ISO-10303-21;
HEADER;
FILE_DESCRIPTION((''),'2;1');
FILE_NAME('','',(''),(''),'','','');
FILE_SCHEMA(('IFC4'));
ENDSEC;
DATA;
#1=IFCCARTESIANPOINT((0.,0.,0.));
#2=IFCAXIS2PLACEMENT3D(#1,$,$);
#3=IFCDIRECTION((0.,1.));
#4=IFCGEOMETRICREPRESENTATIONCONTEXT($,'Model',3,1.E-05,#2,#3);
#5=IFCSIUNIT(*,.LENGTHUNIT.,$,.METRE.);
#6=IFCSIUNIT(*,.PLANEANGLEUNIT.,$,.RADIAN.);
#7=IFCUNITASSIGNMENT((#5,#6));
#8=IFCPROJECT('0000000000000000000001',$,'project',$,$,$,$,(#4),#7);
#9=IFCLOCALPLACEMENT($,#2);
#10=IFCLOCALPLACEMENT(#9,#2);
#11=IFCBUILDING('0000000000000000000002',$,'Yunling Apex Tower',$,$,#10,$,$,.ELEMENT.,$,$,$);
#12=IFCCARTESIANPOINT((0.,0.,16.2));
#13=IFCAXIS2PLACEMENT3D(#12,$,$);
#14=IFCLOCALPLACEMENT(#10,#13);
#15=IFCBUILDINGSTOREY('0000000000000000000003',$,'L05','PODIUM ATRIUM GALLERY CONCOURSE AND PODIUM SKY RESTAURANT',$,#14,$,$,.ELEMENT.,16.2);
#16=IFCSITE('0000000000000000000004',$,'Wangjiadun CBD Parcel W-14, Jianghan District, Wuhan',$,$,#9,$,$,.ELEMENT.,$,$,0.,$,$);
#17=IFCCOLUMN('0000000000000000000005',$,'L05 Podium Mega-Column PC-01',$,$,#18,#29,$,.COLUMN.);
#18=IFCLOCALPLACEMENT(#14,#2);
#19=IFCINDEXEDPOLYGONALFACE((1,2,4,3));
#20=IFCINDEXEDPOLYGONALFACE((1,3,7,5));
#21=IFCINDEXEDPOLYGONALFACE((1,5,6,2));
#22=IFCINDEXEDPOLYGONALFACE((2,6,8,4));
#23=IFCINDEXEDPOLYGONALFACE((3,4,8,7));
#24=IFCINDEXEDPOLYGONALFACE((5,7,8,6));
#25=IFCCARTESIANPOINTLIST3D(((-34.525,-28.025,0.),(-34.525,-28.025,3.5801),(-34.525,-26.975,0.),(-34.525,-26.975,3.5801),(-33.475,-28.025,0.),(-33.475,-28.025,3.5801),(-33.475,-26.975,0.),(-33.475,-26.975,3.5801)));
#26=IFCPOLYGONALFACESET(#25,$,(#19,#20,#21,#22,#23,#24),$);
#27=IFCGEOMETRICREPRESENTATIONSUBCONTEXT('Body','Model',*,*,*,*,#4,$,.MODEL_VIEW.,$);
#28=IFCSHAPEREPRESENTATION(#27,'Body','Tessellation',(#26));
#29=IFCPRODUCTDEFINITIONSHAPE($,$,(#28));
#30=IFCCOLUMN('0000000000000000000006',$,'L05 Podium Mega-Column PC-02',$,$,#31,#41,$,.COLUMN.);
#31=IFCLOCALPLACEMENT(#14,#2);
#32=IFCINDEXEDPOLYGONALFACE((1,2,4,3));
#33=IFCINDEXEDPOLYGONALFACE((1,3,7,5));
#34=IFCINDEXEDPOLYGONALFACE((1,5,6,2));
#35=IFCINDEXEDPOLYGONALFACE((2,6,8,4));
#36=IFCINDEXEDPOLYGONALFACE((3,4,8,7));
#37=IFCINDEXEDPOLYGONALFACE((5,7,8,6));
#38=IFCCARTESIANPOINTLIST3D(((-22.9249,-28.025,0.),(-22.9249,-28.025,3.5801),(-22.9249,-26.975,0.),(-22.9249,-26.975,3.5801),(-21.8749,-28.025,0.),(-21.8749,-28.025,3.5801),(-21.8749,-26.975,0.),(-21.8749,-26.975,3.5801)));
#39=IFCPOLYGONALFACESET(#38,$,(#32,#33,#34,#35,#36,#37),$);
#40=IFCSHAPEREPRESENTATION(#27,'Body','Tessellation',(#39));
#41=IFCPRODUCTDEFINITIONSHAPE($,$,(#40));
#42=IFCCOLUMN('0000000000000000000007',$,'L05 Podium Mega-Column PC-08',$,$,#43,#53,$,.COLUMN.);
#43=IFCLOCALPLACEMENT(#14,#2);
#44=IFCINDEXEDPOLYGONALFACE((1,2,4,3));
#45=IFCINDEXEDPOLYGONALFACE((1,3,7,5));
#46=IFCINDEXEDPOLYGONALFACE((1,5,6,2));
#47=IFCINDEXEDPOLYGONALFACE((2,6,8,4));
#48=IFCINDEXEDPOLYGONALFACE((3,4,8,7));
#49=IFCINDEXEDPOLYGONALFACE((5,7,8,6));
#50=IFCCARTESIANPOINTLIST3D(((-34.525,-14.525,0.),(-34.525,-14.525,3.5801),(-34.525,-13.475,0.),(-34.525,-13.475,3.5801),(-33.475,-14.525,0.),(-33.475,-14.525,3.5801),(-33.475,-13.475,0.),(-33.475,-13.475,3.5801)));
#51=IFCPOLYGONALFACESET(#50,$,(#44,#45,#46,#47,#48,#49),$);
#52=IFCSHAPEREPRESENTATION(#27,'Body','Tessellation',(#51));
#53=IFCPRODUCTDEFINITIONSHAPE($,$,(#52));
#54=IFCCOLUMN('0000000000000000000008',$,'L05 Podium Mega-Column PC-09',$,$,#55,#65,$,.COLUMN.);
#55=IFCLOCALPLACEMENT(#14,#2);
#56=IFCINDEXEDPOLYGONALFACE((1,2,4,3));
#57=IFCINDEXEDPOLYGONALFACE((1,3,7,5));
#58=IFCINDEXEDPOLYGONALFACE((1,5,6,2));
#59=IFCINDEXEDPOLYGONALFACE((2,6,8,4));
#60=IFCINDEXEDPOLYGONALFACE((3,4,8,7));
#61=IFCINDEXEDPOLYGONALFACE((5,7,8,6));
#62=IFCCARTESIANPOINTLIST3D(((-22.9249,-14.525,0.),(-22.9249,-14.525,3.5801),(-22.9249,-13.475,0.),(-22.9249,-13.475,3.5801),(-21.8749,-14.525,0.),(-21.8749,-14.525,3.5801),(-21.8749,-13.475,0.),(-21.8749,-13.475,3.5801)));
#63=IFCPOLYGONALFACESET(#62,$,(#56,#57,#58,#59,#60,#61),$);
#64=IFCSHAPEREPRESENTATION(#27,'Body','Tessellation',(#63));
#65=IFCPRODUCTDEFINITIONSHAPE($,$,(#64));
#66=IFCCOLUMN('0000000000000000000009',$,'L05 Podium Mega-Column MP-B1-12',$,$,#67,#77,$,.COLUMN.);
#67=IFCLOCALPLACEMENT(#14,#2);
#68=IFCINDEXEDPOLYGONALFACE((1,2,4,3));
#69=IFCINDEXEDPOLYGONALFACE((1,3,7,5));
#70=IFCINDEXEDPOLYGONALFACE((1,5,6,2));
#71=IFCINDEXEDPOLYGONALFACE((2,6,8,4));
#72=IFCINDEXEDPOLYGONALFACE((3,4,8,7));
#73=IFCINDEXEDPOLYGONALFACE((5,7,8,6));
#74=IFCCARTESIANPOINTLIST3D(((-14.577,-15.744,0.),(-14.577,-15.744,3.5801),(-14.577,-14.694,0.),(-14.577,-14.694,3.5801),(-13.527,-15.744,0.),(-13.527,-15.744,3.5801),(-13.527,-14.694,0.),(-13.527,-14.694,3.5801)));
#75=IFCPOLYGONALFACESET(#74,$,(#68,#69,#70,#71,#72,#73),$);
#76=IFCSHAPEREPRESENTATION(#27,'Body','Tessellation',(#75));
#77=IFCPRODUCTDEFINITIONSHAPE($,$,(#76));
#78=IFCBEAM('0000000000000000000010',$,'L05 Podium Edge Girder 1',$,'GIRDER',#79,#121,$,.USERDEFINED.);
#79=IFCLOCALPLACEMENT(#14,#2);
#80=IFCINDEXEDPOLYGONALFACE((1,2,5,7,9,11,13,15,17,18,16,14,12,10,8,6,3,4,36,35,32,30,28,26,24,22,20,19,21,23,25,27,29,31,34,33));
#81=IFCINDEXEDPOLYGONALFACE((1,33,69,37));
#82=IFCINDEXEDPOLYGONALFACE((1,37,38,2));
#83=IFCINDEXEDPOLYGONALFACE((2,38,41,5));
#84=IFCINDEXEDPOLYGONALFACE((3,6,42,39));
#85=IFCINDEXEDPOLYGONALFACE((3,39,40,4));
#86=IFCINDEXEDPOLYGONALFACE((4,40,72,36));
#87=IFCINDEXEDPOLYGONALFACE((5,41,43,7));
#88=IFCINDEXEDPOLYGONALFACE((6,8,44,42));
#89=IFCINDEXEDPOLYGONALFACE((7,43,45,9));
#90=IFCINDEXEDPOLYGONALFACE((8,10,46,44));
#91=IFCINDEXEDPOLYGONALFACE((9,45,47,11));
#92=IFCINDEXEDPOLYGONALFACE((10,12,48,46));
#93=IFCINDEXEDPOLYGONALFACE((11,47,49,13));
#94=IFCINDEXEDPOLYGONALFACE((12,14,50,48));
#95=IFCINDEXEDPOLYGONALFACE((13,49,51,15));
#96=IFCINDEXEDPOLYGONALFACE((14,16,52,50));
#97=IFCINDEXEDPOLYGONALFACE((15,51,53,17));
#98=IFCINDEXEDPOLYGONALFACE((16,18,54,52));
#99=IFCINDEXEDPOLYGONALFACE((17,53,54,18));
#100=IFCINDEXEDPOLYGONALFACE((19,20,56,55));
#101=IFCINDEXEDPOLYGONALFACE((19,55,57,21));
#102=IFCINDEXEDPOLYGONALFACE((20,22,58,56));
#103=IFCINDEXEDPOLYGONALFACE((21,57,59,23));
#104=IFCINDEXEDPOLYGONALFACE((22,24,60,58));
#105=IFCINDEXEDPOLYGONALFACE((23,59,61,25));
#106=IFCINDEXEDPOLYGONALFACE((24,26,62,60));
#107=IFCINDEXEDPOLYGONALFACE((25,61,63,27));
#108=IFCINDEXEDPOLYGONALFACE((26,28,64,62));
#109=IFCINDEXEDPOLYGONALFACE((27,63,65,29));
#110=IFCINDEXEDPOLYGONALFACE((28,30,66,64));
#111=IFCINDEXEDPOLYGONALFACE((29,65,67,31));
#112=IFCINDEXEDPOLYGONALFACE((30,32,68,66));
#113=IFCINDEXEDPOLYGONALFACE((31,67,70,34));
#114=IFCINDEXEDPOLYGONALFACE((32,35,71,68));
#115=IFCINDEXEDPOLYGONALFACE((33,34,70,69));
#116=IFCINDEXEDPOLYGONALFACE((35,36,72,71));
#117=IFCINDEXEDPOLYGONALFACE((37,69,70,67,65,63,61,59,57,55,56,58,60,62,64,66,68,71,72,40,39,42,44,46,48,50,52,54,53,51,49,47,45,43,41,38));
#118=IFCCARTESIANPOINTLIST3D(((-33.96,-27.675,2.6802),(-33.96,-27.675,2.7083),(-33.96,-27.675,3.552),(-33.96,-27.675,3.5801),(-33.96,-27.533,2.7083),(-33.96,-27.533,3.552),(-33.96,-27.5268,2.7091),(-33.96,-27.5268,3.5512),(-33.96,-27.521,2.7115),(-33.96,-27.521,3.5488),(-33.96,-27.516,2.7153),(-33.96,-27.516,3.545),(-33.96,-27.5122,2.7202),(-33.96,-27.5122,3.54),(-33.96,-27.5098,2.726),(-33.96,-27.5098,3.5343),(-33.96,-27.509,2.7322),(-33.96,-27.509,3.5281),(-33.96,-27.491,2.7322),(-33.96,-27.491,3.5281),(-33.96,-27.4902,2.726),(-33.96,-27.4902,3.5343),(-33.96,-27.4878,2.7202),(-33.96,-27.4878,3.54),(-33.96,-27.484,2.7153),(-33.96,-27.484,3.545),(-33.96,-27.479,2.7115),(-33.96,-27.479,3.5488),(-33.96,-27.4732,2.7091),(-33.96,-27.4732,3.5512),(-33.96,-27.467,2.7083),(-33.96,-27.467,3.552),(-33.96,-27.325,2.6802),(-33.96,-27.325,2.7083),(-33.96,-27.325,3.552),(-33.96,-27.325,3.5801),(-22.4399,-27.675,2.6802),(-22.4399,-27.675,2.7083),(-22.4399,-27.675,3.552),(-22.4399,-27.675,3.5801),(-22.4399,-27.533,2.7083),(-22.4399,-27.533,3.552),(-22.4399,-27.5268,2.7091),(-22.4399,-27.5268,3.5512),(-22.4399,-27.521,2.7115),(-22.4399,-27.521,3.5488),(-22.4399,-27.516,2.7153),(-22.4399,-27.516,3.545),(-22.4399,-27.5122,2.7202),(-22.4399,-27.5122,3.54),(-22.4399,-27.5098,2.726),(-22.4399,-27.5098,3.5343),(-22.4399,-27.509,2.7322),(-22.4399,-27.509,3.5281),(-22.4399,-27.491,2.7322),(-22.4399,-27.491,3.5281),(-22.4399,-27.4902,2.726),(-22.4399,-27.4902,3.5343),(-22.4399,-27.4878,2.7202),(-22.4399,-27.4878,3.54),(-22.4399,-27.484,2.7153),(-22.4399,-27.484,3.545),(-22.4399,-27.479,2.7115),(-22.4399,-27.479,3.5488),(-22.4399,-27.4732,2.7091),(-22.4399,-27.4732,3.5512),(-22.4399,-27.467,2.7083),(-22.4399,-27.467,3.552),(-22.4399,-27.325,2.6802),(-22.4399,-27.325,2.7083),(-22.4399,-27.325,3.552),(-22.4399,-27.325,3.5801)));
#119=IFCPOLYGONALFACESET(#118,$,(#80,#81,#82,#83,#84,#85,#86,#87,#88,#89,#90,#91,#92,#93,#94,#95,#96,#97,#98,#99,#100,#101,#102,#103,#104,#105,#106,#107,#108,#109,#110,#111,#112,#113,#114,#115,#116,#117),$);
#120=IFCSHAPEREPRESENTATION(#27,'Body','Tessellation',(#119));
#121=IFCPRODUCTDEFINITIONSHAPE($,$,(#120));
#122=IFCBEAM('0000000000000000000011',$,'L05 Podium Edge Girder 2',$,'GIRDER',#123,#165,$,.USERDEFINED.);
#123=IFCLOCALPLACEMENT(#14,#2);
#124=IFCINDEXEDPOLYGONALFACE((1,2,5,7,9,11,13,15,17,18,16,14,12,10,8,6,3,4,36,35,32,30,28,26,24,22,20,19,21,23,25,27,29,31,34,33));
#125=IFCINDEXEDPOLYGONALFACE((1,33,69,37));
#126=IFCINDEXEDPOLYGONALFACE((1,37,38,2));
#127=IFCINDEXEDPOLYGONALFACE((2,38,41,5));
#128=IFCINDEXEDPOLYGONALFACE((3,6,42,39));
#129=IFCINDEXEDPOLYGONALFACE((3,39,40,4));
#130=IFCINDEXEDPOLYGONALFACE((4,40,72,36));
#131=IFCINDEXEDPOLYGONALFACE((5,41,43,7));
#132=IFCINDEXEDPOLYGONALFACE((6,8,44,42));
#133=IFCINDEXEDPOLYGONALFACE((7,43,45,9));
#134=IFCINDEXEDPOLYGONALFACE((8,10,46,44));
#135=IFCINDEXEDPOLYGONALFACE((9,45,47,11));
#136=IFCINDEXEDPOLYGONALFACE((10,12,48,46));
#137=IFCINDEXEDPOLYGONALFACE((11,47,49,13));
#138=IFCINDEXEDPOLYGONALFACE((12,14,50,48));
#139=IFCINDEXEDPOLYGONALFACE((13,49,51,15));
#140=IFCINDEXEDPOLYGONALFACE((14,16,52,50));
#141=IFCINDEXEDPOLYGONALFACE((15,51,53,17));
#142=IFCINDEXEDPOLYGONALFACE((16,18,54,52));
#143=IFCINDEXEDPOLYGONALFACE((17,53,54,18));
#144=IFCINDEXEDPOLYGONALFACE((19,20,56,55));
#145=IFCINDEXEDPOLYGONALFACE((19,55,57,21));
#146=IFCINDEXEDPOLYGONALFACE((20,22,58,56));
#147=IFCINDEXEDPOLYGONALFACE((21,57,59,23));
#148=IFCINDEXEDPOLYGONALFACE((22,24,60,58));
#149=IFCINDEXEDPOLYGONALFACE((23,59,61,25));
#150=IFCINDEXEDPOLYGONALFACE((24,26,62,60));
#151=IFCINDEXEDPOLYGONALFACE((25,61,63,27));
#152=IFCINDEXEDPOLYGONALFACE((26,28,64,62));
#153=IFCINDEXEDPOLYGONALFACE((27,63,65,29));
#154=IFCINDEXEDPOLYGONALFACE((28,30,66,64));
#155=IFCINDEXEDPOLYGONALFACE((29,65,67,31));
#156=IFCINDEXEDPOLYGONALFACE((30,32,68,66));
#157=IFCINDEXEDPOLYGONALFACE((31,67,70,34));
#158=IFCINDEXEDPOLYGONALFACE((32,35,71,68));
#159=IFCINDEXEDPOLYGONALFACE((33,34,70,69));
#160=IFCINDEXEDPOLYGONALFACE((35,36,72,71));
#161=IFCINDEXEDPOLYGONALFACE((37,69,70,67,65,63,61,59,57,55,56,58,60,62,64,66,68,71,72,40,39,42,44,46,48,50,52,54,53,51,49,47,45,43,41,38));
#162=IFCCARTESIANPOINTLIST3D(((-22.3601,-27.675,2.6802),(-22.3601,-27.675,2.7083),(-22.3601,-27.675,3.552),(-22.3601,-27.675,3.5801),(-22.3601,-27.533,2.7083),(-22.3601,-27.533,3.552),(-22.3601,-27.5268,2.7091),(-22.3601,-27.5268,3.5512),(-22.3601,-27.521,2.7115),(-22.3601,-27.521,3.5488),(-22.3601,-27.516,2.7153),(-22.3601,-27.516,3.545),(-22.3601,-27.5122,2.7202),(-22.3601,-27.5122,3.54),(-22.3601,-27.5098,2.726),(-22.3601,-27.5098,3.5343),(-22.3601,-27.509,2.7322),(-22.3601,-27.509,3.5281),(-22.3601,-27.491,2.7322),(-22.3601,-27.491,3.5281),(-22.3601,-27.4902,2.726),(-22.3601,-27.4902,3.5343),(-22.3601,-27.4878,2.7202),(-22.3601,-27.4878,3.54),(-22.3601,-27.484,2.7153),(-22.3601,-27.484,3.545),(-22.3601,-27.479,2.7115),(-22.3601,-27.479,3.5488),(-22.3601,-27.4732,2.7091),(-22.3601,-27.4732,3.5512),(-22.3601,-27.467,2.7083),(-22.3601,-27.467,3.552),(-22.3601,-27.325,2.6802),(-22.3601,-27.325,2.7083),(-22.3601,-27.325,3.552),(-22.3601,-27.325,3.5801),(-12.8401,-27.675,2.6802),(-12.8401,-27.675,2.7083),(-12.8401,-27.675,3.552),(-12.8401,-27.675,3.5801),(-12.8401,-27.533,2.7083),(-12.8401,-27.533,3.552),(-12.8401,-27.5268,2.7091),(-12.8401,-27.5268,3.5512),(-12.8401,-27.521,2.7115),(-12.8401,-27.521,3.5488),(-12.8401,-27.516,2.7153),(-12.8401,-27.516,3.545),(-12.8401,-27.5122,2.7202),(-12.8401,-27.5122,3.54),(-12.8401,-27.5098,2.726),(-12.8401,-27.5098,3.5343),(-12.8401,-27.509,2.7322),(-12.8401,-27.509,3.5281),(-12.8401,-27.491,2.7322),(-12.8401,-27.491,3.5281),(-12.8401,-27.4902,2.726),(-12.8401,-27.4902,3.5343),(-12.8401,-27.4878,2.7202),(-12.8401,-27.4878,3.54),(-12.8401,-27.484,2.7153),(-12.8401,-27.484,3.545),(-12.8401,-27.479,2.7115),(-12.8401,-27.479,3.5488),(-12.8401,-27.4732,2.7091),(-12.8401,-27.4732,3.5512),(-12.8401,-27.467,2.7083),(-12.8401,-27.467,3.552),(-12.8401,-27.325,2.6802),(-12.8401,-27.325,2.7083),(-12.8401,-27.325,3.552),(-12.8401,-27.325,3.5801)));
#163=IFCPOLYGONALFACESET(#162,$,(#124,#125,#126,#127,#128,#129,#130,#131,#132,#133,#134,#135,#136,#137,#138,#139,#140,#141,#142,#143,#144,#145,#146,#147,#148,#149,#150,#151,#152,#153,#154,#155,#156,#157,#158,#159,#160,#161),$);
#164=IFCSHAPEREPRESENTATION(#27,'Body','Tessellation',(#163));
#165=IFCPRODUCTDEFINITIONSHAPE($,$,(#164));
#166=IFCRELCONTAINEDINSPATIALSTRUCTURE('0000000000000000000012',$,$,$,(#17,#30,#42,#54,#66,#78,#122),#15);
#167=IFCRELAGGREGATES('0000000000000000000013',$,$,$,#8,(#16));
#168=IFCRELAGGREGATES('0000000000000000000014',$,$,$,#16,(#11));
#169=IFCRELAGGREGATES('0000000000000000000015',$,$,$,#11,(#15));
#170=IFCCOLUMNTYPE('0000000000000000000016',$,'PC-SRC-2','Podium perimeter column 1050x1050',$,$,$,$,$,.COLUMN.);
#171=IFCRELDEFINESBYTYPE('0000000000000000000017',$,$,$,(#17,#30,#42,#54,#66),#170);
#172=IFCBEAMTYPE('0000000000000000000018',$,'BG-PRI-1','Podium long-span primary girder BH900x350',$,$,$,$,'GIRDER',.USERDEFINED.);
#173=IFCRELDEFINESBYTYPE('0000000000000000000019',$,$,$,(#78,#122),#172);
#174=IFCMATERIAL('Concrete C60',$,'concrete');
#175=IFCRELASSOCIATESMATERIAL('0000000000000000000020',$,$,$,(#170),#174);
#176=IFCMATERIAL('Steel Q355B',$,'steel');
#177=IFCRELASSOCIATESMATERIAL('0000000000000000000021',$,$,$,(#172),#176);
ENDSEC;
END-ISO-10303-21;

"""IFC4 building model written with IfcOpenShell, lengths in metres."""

from ifc_helpers import new_model, si_unit, direction, frame, origin, origin_2d, place, context, subcontext, project, spatial, rectangle, i_section, extrude, source, transform, mapped, material, material_profile, profile_set, type_object, element, save


model = new_model("IFC4")

# Units and contexts
model_context = context("Model", 3, precision=1e-05, world=origin(), true_north=direction((0.0, 1.0)))
body_context = subcontext(model_context, "Body", "Model", "MODEL_VIEW")
ifc_project = project(units=[si_unit("LENGTHUNIT", "METRE"), si_unit("PLANEANGLEUNIT", "RADIAN")], contexts=[model_context])

# Site, building, storey
site_placement = place(None, origin())
site = spatial("IfcSite", under=ifc_project, at=site_placement, Name="Wangjiadun CBD Parcel W-14, Jianghan District, Wuhan", CompositionType="ELEMENT", RefElevation=0.0)
building_placement = place(site_placement, origin())
building = spatial("IfcBuilding", under=site, at=building_placement, Name="Yunling Apex Tower", CompositionType="ELEMENT")
storey_placement = place(building_placement, frame((0.0, 0.0, 16.2)))
storey = spatial("IfcBuildingStorey", under=building, at=storey_placement, Name="L05", Description="PODIUM ATRIUM GALLERY CONCOURSE AND PODIUM SKY RESTAURANT", CompositionType="ELEMENT", Elevation=16.2)

# Columns
ifc_material_1 = material(Name="Concrete C60", Category="concrete")
ifc_material_profile_1 = material_profile(ifc_material_1, rectangle(XDim=1.05, YDim=1.05, at=origin_2d()))
ifc_profile_set_1 = profile_set([ifc_material_profile_1], Name="Concrete C60")
column_type = type_object("IfcColumnType", Name="PC-SRC-2", Description="Podium perimeter column 1050x1050", PredefinedType="COLUMN", material=ifc_profile_set_1)
shared_shape_1 = source(origin(), body_context, "Body", "SweptSolid", [
    extrude(rectangle(XDim=1.05, YDim=1.05, at=origin_2d()), origin(), (0.0, 0.0, 1.0), 3.5801),
])
for number, where, z_axis, x_axis, name in (
    (1, (-34.0, -27.5, 0.0), (0.0, 0.0, 1.0), (1.0, 0.0, 0.0), "L05 Podium Mega-Column PC-01"),
    (2, (-22.3999, -27.5, 0.0), (0.0, 0.0, 1.0), (1.0, 0.0, 0.0), "L05 Podium Mega-Column PC-02"),
    (3, (-34.0, -14.0, 0.0), (0.0, 0.0, 1.0), (1.0, 0.0, 0.0), "L05 Podium Mega-Column PC-08"),
    (4, (-22.3999, -14.0, 0.0), (0.0, 0.0, 1.0), (1.0, 0.0, 0.0), "L05 Podium Mega-Column PC-09"),
    (5, (-14.052, -15.219, 0.0), (0.0, 0.0, 1.0), (1.0, 0.0, 0.0), "L05 Podium Mega-Column MP-B1-12"),
):
    element("IfcColumn", number, at=place(storey_placement, frame(where, z_axis=z_axis, x_axis=x_axis)), inside=storey, type_object=column_type, Name=name, PredefinedType="COLUMN", context=body_context, shape_type="MappedRepresentation", body=[
        mapped(shared_shape_1, transform((0.0, 0.0, 0.0), scale=1.0)),
    ])

# Beams
ifc_material_2 = material(Name="Steel Q355B", Category="steel")
ifc_material_profile_2 = material_profile(ifc_material_2, i_section(OverallWidth=0.3501, OverallDepth=0.8999, WebThickness=0.0181, FlangeThickness=0.0281, FilletRadius=0.0239, at=origin_2d()))
ifc_profile_set_2 = profile_set([ifc_material_profile_2], Name="Steel Q355B")
beam_type_1 = type_object("IfcBeamType", Name="BG-PRI-1", Description="Podium long-span primary girder BH900x350", ElementType="GIRDER", PredefinedType="USERDEFINED", material=ifc_profile_set_2)
shared_shape_2 = source(origin(), body_context, "Body", "SweptSolid", [
    extrude(i_section(OverallWidth=0.3501, OverallDepth=0.8999, WebThickness=0.0181, FlangeThickness=0.0281, FilletRadius=0.0239, at=origin_2d()), origin(), (0.0, 0.0, 1.0), 11.52),
])
beam_1_placement = place(storey_placement, frame((-33.96, -27.5, 3.1301), z_axis=(1.0, 0.0, 0.0), x_axis=(0.0, 1.0, 0.0)))
element("IfcBeam", 6, at=beam_1_placement, inside=storey, type_object=beam_type_1, Name="L05 Podium Edge Girder 1", ObjectType="GIRDER", PredefinedType="USERDEFINED", context=body_context, shape_type="MappedRepresentation", body=[
    mapped(shared_shape_2, transform((0.0, 0.0, 0.0), scale=1.0)),
])
shared_shape_3 = source(origin(), body_context, "Body", "SweptSolid", [
    extrude(i_section(OverallWidth=0.3501, OverallDepth=0.8999, WebThickness=0.0181, FlangeThickness=0.0281, FilletRadius=0.0239, at=origin_2d()), origin(), (0.0, 0.0, 1.0), 9.52),
])
beam_2_placement = place(storey_placement, frame((-22.3601, -27.5, 3.1301), z_axis=(1.0, 0.0, 0.0), x_axis=(0.0, 1.0, 0.0)))
element("IfcBeam", 7, at=beam_2_placement, inside=storey, type_object=beam_type_1, Name="L05 Podium Edge Girder 2", ObjectType="GIRDER", PredefinedType="USERDEFINED", context=body_context, shape_type="MappedRepresentation", body=[
    mapped(shared_shape_3, transform((0.0, 0.0, 0.0), scale=1.0)),
])

save(model, "model.ifc")
